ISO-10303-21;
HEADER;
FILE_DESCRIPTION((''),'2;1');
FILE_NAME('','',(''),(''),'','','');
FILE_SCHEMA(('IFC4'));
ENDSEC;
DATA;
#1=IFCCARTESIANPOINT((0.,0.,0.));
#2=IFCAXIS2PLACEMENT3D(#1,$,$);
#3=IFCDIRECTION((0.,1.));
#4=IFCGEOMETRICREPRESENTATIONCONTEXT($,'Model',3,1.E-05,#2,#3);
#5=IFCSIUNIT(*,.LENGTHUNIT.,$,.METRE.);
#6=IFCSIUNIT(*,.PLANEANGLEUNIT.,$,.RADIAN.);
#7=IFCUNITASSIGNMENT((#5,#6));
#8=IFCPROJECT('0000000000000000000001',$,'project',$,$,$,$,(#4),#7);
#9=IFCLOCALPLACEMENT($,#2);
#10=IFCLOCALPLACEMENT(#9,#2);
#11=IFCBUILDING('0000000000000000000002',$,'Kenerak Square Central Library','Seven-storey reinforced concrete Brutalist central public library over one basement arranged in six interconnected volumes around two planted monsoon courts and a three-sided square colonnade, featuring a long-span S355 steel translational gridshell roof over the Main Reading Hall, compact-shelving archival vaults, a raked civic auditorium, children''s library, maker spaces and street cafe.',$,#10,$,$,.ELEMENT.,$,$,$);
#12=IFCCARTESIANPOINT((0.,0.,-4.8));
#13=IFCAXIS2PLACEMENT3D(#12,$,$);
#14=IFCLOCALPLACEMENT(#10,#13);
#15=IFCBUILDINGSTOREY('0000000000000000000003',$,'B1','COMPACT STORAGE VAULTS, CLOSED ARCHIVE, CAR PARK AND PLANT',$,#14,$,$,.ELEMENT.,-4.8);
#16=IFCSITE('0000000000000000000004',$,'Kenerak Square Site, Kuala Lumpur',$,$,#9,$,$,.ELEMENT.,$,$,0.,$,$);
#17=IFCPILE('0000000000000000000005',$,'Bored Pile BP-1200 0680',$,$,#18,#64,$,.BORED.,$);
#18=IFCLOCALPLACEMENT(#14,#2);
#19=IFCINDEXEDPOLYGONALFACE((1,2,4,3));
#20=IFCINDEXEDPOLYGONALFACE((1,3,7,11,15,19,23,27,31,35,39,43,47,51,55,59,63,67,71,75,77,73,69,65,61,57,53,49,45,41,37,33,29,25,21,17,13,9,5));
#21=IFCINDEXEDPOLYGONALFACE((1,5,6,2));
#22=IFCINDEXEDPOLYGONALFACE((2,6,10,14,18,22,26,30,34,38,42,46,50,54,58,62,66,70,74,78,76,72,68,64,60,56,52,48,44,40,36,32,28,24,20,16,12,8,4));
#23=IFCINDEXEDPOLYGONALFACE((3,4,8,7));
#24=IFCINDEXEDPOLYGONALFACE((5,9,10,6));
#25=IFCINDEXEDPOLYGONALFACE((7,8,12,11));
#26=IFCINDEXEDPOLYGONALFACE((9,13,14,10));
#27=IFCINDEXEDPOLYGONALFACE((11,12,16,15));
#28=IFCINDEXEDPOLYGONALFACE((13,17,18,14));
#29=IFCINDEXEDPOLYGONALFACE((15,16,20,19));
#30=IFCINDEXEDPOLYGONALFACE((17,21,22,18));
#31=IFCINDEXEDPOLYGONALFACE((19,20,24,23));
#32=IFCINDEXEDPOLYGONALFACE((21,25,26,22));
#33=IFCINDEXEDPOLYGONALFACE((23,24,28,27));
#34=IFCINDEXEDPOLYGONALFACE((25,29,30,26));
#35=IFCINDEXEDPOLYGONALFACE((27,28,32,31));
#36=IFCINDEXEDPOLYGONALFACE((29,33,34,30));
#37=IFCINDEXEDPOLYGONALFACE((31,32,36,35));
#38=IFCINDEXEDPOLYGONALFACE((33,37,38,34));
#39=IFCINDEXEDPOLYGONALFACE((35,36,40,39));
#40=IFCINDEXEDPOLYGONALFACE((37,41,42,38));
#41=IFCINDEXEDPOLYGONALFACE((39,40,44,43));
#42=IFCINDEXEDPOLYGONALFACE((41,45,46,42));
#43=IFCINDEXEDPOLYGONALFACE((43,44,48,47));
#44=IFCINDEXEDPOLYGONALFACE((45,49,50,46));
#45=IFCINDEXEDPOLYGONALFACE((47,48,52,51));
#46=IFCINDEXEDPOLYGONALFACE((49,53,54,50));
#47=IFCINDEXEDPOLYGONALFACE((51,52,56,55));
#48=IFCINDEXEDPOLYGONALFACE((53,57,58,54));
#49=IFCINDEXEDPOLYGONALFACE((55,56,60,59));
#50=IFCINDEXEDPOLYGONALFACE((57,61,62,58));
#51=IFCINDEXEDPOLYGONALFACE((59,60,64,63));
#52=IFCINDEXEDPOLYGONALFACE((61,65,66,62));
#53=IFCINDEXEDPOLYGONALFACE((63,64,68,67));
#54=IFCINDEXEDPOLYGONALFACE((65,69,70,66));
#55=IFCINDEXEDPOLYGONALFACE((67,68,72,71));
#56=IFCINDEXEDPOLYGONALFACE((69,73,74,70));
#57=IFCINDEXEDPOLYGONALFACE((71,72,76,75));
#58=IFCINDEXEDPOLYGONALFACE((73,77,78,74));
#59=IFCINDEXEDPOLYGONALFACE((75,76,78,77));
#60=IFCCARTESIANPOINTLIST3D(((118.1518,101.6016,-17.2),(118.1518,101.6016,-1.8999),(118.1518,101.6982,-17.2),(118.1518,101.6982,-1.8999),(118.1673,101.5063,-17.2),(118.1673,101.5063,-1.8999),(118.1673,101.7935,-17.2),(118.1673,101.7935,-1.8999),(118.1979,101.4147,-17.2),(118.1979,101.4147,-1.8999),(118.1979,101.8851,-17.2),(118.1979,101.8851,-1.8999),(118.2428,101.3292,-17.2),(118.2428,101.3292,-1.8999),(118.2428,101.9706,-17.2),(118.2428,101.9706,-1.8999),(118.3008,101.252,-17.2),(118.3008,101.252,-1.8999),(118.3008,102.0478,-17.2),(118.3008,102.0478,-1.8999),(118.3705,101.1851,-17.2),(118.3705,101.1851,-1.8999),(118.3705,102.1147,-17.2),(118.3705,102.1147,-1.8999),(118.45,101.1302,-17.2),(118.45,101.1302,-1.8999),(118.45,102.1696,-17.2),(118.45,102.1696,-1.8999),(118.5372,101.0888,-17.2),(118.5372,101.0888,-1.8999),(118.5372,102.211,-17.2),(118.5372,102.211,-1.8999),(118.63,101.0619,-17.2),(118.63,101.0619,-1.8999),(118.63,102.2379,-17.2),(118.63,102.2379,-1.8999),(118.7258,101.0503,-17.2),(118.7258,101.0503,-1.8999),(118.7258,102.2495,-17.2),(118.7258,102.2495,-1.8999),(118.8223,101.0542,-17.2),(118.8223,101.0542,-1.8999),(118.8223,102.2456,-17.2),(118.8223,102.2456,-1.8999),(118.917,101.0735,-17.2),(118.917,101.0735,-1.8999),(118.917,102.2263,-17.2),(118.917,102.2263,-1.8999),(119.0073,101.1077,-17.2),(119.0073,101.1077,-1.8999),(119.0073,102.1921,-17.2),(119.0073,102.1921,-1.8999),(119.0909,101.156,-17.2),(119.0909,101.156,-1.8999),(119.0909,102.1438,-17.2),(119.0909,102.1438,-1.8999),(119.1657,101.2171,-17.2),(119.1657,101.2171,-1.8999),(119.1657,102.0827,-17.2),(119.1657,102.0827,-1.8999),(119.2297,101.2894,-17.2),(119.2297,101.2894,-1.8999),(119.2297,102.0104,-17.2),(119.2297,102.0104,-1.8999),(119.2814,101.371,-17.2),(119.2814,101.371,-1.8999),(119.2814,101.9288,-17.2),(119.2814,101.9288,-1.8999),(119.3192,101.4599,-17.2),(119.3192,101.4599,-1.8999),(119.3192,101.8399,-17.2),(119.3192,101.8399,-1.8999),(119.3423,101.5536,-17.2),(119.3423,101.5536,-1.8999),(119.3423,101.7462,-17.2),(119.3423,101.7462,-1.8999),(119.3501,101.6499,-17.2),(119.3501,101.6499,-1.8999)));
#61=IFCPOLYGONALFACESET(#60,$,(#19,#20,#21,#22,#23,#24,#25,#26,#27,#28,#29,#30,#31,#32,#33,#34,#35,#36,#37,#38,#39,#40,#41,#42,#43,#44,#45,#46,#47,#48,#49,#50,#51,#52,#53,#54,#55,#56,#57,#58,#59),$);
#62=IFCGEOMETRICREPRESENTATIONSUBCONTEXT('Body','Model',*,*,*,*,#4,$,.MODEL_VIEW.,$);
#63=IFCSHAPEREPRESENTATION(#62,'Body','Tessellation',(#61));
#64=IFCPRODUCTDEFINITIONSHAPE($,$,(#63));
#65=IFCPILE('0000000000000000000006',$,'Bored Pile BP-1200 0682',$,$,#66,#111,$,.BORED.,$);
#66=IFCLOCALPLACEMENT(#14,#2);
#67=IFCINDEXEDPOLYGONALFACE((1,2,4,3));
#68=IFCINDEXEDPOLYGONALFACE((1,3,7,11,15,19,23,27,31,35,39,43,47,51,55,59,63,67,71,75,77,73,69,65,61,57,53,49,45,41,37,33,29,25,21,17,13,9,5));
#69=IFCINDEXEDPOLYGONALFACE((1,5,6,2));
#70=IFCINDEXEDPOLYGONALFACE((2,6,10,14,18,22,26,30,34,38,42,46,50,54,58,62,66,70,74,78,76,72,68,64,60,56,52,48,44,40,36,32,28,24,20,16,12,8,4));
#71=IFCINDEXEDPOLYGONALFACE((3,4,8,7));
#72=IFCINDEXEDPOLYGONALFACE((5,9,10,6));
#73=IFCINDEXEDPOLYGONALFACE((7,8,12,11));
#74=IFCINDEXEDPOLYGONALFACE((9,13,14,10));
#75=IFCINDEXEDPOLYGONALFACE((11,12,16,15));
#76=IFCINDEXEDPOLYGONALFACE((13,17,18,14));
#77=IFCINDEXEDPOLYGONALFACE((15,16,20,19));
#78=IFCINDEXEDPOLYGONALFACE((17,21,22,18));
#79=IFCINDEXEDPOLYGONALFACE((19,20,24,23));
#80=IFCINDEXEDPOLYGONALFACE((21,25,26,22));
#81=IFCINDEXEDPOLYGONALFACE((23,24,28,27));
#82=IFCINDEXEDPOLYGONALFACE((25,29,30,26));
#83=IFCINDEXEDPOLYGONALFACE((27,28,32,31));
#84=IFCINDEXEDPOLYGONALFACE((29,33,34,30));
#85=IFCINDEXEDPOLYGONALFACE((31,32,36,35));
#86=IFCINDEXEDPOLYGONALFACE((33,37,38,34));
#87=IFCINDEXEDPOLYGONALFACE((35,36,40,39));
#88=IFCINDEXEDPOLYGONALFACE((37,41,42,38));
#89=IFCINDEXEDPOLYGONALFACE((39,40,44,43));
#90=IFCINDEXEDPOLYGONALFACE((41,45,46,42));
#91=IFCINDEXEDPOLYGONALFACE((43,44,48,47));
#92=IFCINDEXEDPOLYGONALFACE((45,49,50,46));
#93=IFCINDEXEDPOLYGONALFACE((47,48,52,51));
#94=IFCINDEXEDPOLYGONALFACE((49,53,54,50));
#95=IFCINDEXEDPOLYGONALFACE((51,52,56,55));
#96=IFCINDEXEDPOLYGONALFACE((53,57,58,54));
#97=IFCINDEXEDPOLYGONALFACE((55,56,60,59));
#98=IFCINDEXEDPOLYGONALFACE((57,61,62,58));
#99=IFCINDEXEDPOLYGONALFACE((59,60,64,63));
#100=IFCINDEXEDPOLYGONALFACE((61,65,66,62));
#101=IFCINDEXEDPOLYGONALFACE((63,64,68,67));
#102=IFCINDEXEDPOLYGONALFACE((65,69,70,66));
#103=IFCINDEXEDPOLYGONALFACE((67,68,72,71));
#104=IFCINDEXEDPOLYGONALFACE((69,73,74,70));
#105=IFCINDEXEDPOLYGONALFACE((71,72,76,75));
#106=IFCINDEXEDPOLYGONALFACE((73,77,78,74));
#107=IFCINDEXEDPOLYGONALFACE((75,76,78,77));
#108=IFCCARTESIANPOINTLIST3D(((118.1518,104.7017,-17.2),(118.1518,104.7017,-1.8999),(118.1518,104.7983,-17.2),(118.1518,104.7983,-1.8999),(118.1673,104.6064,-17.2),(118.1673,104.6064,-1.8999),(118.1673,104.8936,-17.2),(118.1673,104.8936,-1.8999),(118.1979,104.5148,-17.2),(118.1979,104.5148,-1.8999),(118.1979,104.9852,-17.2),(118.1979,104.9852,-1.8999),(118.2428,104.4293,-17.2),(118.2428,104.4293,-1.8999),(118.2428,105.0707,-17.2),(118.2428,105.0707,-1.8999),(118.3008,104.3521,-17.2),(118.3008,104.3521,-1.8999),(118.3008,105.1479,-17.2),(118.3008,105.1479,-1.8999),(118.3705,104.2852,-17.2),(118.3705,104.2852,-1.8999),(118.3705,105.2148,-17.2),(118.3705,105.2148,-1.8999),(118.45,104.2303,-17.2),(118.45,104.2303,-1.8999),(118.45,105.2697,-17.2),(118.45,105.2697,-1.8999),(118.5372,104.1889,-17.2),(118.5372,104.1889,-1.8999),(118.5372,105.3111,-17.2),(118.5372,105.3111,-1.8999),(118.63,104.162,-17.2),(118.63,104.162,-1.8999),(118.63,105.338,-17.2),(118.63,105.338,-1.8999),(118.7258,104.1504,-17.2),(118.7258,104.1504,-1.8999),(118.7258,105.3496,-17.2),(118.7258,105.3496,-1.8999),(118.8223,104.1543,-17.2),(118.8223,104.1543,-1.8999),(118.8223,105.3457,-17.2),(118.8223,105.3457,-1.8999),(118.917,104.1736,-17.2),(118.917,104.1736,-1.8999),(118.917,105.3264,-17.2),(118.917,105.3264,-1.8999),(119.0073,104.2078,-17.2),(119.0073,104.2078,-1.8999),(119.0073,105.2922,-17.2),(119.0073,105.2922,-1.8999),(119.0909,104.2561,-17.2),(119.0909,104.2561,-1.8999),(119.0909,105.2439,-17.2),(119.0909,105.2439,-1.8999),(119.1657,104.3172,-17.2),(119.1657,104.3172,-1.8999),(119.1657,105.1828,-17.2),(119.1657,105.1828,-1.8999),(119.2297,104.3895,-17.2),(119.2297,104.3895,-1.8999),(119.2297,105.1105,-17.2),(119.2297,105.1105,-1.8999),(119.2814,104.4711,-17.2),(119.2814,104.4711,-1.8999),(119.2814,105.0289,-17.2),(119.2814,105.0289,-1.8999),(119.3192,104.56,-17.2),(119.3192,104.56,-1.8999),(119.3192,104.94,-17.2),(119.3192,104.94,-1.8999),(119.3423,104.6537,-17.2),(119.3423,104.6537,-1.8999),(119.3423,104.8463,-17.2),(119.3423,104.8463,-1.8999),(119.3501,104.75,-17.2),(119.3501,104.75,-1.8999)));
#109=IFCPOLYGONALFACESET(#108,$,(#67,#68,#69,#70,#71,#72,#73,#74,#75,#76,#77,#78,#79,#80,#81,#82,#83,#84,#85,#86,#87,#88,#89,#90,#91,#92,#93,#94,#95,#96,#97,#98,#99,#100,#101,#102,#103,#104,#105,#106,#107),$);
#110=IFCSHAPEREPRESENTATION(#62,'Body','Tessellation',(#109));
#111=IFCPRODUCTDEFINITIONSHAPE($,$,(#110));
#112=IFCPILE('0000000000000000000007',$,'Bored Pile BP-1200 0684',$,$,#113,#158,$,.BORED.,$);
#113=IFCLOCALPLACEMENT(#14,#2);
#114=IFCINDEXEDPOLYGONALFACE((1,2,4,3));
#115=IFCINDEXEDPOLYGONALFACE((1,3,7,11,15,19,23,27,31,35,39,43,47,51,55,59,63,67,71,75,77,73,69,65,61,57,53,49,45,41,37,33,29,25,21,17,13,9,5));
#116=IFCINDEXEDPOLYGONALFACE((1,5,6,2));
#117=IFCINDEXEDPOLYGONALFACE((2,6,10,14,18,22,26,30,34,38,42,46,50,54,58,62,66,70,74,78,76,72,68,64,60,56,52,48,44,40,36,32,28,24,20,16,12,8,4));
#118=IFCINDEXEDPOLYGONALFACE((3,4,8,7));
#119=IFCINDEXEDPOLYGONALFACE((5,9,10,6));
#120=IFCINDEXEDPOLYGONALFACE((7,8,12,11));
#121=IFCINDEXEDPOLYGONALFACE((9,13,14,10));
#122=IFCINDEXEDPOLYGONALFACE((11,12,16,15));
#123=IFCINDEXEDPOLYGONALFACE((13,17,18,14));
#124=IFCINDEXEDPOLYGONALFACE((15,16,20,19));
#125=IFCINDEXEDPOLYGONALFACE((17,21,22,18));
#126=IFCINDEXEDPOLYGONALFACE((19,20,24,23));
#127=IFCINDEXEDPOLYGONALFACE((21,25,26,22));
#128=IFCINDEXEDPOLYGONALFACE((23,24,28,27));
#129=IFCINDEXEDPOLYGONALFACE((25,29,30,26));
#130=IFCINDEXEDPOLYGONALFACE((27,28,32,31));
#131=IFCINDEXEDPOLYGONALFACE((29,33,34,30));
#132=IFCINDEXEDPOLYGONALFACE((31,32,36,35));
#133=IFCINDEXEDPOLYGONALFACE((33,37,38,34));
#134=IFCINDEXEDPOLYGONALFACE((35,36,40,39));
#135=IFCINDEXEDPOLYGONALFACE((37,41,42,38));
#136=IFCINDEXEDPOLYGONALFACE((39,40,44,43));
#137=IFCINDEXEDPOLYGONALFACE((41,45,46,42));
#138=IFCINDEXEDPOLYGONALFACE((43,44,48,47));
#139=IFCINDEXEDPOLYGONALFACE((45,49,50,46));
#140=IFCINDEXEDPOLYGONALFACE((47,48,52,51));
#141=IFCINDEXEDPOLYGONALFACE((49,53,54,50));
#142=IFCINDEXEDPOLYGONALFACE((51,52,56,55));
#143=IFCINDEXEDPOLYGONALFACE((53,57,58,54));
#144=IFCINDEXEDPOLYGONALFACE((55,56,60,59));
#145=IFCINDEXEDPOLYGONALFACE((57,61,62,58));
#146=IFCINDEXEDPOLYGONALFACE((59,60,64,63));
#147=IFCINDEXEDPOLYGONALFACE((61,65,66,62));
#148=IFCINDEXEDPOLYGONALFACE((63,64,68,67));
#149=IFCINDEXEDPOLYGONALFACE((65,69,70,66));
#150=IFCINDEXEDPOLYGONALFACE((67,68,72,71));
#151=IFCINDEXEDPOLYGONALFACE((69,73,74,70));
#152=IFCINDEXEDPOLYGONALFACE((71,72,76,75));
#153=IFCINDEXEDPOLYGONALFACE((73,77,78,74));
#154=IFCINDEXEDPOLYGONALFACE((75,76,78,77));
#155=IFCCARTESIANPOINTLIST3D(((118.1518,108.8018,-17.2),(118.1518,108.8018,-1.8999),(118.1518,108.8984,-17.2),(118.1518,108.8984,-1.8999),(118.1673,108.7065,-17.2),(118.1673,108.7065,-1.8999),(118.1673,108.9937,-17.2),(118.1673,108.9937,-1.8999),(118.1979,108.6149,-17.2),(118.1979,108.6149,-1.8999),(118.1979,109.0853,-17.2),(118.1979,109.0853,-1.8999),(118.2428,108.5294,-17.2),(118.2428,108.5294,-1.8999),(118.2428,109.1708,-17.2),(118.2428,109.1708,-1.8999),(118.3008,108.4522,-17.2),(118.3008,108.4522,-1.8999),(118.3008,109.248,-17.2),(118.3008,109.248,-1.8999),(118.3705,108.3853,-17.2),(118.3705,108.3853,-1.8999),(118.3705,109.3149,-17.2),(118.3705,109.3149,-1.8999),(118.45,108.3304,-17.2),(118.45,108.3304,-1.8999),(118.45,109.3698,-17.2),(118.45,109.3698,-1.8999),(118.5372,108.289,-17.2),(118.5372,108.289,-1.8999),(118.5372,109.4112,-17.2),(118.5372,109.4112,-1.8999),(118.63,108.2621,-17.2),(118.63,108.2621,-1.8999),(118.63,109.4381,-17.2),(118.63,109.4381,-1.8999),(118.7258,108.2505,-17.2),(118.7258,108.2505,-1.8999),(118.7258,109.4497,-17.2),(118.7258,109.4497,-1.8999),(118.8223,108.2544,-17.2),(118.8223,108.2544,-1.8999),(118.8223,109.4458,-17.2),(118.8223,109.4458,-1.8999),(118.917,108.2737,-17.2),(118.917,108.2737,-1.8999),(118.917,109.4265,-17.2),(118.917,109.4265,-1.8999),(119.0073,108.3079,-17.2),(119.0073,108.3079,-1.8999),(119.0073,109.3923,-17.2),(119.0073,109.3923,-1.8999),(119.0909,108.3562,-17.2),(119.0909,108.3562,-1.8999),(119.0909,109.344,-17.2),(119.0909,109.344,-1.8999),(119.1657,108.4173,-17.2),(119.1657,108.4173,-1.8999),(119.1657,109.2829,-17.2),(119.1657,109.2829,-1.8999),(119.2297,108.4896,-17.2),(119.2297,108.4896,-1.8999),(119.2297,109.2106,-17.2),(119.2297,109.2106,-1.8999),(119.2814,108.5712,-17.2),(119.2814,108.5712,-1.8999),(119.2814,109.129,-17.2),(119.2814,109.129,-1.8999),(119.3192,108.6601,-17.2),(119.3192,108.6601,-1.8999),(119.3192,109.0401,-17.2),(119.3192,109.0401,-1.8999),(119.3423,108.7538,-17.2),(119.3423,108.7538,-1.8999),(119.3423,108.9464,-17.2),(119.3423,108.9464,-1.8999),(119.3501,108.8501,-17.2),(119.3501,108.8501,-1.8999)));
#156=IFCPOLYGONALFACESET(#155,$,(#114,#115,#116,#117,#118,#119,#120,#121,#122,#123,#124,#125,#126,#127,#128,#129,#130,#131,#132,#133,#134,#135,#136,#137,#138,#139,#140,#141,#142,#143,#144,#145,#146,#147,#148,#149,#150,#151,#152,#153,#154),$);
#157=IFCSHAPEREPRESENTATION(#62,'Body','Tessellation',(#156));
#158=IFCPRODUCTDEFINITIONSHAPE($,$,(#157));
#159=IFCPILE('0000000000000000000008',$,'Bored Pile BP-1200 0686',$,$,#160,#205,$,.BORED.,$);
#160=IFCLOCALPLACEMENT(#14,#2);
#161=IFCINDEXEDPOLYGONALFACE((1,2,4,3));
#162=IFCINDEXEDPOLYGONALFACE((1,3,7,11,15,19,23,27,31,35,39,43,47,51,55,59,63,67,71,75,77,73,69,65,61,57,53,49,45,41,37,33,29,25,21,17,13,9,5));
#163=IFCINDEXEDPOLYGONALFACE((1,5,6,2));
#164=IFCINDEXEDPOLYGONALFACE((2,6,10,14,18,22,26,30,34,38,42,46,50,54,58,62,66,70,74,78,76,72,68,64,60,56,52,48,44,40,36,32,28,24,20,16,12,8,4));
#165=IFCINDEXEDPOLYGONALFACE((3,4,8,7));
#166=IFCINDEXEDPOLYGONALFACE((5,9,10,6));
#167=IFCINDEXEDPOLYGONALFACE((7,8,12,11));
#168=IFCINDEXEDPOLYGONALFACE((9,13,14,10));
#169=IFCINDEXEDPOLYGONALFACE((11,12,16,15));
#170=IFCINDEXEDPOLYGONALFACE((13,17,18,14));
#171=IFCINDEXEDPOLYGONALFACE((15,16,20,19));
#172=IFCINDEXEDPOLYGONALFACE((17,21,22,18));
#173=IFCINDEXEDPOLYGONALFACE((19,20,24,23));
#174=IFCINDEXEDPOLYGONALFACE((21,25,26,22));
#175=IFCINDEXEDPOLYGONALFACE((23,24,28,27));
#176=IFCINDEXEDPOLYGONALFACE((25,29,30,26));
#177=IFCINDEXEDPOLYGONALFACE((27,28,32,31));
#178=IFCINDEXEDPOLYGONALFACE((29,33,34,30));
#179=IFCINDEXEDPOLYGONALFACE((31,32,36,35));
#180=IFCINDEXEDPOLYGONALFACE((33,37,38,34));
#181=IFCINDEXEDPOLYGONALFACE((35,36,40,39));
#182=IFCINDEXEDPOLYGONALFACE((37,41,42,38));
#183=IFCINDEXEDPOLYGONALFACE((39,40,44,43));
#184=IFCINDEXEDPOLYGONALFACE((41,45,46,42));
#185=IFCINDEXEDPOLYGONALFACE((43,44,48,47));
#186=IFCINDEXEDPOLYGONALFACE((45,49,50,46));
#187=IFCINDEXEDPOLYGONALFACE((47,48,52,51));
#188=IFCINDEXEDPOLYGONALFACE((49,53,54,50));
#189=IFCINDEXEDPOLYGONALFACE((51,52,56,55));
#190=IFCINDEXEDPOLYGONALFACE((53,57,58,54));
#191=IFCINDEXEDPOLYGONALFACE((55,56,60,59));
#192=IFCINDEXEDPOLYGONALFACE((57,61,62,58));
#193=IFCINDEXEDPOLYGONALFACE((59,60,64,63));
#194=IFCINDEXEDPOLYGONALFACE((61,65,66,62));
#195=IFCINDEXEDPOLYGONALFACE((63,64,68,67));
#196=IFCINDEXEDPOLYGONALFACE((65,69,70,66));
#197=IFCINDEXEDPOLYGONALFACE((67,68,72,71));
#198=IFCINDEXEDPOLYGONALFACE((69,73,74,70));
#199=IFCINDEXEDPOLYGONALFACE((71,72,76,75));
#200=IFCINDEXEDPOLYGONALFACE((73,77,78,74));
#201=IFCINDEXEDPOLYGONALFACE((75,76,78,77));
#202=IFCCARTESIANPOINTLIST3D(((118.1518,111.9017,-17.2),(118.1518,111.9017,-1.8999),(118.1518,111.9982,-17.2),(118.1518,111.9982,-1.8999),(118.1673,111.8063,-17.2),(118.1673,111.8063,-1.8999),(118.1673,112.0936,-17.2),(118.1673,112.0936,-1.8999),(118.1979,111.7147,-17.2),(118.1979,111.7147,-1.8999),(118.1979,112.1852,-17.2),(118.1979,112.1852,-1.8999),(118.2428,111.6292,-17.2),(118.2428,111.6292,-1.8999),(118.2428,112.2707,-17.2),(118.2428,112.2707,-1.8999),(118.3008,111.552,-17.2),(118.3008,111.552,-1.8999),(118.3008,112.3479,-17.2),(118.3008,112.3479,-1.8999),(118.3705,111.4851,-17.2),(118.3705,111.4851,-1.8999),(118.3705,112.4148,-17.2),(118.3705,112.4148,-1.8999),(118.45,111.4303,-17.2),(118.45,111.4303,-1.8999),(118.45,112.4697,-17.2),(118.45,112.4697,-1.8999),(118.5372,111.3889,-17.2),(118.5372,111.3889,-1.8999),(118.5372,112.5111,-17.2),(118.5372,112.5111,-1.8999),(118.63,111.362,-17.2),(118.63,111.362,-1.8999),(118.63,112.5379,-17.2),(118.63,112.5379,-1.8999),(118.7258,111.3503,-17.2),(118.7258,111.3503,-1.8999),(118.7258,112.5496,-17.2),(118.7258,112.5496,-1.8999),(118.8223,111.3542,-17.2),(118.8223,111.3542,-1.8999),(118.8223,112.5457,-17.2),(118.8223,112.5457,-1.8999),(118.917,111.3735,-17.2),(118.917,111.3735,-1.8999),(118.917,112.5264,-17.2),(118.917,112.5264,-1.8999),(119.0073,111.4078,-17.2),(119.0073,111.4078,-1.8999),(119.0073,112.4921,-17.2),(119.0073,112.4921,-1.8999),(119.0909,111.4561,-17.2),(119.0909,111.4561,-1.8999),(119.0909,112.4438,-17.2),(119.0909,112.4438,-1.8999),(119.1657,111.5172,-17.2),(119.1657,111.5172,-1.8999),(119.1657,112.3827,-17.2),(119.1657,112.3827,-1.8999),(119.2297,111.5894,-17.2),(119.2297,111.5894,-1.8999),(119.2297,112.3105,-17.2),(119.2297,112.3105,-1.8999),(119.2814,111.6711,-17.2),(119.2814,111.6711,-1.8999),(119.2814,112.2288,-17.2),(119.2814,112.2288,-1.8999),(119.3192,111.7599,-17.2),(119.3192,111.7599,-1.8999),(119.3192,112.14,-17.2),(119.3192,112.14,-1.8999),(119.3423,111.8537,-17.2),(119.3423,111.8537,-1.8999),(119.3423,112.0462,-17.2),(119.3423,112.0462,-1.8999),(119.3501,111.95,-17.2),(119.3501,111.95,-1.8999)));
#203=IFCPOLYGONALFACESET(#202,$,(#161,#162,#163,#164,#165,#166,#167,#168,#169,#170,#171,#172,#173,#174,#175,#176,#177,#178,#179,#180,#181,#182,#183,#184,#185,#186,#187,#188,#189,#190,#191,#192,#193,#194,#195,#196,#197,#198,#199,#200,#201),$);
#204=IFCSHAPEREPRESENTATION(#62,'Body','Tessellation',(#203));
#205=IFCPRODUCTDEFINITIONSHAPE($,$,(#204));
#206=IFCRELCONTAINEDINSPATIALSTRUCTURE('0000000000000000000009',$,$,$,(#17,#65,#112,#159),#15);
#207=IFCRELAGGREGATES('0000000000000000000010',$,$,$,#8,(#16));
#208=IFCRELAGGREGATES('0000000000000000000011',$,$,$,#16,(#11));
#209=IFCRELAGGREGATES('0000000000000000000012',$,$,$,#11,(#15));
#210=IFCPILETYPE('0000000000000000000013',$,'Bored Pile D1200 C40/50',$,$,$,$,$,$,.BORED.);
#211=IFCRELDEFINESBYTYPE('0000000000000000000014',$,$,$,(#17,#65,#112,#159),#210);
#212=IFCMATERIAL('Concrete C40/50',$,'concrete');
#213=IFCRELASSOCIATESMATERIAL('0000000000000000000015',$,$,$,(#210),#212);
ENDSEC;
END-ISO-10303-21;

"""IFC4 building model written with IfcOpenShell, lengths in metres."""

from ifc_helpers import new_model, si_unit, direction, frame, origin, origin_2d, place, context, subcontext, project, spatial, circle, extrude, material, material_profile, profile_set, type_object, element, save


model = new_model("IFC4")

# Units and contexts
model_context = context("Model", 3, precision=1e-05, world=origin(), true_north=direction((0.0, 1.0)))
body_context = subcontext(model_context, "Body", "Model", "MODEL_VIEW")
ifc_project = project(units=[si_unit("LENGTHUNIT", "METRE"), si_unit("PLANEANGLEUNIT", "RADIAN")], contexts=[model_context])

# Site, building, storey
site_placement = place(None, origin())
site = spatial("IfcSite", under=ifc_project, at=site_placement, Name="Kenerak Square Site, Kuala Lumpur", CompositionType="ELEMENT", RefElevation=0.0)
building_placement = place(site_placement, origin())
building = spatial("IfcBuilding", under=site, at=building_placement, Name="Kenerak Square Central Library", Description="Seven-storey reinforced concrete Brutalist central public library over one basement arranged in six interconnected volumes around two planted monsoon courts and a three-sided square colonnade, featuring a long-span S355 steel translational gridshell roof over the Main Reading Hall, compact-shelving archival vaults, a raked civic auditorium, children's library, maker spaces and street cafe.", CompositionType="ELEMENT")
storey_placement = place(building_placement, frame((0.0, 0.0, -4.8)))
storey = spatial("IfcBuildingStorey", under=building, at=storey_placement, Name="B1", Description="COMPACT STORAGE VAULTS, CLOSED ARCHIVE, CAR PARK AND PLANT", CompositionType="ELEMENT", Elevation=-4.8)

# Piles
ifc_material_1 = material(Name="Concrete C40/50", Category="concrete")
ifc_material_profile_1 = material_profile(ifc_material_1, circle(Radius=0.6001, at=origin_2d()), Name="BP D1200")
ifc_profile_set_1 = profile_set([ifc_material_profile_1], Name="Concrete C40/50")
pile_type = type_object("IfcPileType", Name="Bored Pile D1200 C40/50", PredefinedType="BORED", material=ifc_profile_set_1)
for number, where, z_axis, x_axis, name in (
    (1, (118.75, 101.6499, -1.8999), (0.0, 0.0, -1.0), (1.0, 0.0, 0.0), "Bored Pile BP-1200 0680"),
    (2, (118.75, 104.75, -1.8999), (0.0, 0.0, -1.0), (1.0, 0.0, 0.0), "Bored Pile BP-1200 0682"),
    (3, (118.75, 108.8501, -1.8999), (0.0, 0.0, -1.0), (1.0, 0.0, 0.0), "Bored Pile BP-1200 0684"),
    (4, (118.75, 111.95, -1.8999), (0.0, 0.0, -1.0), (1.0, 0.0, 0.0), "Bored Pile BP-1200 0686"),
):
    element("IfcPile", number, at=place(storey_placement, frame(where, z_axis=z_axis, x_axis=x_axis)), inside=storey, type_object=pile_type, Name=name, PredefinedType="BORED", context=body_context, shape_type="SweptSolid", body=[
        extrude(circle(Radius=0.6001, at=origin_2d()), origin(), (0.0, 0.0, 1.0), 15.3),
    ])

save(model, "model.ifc")
